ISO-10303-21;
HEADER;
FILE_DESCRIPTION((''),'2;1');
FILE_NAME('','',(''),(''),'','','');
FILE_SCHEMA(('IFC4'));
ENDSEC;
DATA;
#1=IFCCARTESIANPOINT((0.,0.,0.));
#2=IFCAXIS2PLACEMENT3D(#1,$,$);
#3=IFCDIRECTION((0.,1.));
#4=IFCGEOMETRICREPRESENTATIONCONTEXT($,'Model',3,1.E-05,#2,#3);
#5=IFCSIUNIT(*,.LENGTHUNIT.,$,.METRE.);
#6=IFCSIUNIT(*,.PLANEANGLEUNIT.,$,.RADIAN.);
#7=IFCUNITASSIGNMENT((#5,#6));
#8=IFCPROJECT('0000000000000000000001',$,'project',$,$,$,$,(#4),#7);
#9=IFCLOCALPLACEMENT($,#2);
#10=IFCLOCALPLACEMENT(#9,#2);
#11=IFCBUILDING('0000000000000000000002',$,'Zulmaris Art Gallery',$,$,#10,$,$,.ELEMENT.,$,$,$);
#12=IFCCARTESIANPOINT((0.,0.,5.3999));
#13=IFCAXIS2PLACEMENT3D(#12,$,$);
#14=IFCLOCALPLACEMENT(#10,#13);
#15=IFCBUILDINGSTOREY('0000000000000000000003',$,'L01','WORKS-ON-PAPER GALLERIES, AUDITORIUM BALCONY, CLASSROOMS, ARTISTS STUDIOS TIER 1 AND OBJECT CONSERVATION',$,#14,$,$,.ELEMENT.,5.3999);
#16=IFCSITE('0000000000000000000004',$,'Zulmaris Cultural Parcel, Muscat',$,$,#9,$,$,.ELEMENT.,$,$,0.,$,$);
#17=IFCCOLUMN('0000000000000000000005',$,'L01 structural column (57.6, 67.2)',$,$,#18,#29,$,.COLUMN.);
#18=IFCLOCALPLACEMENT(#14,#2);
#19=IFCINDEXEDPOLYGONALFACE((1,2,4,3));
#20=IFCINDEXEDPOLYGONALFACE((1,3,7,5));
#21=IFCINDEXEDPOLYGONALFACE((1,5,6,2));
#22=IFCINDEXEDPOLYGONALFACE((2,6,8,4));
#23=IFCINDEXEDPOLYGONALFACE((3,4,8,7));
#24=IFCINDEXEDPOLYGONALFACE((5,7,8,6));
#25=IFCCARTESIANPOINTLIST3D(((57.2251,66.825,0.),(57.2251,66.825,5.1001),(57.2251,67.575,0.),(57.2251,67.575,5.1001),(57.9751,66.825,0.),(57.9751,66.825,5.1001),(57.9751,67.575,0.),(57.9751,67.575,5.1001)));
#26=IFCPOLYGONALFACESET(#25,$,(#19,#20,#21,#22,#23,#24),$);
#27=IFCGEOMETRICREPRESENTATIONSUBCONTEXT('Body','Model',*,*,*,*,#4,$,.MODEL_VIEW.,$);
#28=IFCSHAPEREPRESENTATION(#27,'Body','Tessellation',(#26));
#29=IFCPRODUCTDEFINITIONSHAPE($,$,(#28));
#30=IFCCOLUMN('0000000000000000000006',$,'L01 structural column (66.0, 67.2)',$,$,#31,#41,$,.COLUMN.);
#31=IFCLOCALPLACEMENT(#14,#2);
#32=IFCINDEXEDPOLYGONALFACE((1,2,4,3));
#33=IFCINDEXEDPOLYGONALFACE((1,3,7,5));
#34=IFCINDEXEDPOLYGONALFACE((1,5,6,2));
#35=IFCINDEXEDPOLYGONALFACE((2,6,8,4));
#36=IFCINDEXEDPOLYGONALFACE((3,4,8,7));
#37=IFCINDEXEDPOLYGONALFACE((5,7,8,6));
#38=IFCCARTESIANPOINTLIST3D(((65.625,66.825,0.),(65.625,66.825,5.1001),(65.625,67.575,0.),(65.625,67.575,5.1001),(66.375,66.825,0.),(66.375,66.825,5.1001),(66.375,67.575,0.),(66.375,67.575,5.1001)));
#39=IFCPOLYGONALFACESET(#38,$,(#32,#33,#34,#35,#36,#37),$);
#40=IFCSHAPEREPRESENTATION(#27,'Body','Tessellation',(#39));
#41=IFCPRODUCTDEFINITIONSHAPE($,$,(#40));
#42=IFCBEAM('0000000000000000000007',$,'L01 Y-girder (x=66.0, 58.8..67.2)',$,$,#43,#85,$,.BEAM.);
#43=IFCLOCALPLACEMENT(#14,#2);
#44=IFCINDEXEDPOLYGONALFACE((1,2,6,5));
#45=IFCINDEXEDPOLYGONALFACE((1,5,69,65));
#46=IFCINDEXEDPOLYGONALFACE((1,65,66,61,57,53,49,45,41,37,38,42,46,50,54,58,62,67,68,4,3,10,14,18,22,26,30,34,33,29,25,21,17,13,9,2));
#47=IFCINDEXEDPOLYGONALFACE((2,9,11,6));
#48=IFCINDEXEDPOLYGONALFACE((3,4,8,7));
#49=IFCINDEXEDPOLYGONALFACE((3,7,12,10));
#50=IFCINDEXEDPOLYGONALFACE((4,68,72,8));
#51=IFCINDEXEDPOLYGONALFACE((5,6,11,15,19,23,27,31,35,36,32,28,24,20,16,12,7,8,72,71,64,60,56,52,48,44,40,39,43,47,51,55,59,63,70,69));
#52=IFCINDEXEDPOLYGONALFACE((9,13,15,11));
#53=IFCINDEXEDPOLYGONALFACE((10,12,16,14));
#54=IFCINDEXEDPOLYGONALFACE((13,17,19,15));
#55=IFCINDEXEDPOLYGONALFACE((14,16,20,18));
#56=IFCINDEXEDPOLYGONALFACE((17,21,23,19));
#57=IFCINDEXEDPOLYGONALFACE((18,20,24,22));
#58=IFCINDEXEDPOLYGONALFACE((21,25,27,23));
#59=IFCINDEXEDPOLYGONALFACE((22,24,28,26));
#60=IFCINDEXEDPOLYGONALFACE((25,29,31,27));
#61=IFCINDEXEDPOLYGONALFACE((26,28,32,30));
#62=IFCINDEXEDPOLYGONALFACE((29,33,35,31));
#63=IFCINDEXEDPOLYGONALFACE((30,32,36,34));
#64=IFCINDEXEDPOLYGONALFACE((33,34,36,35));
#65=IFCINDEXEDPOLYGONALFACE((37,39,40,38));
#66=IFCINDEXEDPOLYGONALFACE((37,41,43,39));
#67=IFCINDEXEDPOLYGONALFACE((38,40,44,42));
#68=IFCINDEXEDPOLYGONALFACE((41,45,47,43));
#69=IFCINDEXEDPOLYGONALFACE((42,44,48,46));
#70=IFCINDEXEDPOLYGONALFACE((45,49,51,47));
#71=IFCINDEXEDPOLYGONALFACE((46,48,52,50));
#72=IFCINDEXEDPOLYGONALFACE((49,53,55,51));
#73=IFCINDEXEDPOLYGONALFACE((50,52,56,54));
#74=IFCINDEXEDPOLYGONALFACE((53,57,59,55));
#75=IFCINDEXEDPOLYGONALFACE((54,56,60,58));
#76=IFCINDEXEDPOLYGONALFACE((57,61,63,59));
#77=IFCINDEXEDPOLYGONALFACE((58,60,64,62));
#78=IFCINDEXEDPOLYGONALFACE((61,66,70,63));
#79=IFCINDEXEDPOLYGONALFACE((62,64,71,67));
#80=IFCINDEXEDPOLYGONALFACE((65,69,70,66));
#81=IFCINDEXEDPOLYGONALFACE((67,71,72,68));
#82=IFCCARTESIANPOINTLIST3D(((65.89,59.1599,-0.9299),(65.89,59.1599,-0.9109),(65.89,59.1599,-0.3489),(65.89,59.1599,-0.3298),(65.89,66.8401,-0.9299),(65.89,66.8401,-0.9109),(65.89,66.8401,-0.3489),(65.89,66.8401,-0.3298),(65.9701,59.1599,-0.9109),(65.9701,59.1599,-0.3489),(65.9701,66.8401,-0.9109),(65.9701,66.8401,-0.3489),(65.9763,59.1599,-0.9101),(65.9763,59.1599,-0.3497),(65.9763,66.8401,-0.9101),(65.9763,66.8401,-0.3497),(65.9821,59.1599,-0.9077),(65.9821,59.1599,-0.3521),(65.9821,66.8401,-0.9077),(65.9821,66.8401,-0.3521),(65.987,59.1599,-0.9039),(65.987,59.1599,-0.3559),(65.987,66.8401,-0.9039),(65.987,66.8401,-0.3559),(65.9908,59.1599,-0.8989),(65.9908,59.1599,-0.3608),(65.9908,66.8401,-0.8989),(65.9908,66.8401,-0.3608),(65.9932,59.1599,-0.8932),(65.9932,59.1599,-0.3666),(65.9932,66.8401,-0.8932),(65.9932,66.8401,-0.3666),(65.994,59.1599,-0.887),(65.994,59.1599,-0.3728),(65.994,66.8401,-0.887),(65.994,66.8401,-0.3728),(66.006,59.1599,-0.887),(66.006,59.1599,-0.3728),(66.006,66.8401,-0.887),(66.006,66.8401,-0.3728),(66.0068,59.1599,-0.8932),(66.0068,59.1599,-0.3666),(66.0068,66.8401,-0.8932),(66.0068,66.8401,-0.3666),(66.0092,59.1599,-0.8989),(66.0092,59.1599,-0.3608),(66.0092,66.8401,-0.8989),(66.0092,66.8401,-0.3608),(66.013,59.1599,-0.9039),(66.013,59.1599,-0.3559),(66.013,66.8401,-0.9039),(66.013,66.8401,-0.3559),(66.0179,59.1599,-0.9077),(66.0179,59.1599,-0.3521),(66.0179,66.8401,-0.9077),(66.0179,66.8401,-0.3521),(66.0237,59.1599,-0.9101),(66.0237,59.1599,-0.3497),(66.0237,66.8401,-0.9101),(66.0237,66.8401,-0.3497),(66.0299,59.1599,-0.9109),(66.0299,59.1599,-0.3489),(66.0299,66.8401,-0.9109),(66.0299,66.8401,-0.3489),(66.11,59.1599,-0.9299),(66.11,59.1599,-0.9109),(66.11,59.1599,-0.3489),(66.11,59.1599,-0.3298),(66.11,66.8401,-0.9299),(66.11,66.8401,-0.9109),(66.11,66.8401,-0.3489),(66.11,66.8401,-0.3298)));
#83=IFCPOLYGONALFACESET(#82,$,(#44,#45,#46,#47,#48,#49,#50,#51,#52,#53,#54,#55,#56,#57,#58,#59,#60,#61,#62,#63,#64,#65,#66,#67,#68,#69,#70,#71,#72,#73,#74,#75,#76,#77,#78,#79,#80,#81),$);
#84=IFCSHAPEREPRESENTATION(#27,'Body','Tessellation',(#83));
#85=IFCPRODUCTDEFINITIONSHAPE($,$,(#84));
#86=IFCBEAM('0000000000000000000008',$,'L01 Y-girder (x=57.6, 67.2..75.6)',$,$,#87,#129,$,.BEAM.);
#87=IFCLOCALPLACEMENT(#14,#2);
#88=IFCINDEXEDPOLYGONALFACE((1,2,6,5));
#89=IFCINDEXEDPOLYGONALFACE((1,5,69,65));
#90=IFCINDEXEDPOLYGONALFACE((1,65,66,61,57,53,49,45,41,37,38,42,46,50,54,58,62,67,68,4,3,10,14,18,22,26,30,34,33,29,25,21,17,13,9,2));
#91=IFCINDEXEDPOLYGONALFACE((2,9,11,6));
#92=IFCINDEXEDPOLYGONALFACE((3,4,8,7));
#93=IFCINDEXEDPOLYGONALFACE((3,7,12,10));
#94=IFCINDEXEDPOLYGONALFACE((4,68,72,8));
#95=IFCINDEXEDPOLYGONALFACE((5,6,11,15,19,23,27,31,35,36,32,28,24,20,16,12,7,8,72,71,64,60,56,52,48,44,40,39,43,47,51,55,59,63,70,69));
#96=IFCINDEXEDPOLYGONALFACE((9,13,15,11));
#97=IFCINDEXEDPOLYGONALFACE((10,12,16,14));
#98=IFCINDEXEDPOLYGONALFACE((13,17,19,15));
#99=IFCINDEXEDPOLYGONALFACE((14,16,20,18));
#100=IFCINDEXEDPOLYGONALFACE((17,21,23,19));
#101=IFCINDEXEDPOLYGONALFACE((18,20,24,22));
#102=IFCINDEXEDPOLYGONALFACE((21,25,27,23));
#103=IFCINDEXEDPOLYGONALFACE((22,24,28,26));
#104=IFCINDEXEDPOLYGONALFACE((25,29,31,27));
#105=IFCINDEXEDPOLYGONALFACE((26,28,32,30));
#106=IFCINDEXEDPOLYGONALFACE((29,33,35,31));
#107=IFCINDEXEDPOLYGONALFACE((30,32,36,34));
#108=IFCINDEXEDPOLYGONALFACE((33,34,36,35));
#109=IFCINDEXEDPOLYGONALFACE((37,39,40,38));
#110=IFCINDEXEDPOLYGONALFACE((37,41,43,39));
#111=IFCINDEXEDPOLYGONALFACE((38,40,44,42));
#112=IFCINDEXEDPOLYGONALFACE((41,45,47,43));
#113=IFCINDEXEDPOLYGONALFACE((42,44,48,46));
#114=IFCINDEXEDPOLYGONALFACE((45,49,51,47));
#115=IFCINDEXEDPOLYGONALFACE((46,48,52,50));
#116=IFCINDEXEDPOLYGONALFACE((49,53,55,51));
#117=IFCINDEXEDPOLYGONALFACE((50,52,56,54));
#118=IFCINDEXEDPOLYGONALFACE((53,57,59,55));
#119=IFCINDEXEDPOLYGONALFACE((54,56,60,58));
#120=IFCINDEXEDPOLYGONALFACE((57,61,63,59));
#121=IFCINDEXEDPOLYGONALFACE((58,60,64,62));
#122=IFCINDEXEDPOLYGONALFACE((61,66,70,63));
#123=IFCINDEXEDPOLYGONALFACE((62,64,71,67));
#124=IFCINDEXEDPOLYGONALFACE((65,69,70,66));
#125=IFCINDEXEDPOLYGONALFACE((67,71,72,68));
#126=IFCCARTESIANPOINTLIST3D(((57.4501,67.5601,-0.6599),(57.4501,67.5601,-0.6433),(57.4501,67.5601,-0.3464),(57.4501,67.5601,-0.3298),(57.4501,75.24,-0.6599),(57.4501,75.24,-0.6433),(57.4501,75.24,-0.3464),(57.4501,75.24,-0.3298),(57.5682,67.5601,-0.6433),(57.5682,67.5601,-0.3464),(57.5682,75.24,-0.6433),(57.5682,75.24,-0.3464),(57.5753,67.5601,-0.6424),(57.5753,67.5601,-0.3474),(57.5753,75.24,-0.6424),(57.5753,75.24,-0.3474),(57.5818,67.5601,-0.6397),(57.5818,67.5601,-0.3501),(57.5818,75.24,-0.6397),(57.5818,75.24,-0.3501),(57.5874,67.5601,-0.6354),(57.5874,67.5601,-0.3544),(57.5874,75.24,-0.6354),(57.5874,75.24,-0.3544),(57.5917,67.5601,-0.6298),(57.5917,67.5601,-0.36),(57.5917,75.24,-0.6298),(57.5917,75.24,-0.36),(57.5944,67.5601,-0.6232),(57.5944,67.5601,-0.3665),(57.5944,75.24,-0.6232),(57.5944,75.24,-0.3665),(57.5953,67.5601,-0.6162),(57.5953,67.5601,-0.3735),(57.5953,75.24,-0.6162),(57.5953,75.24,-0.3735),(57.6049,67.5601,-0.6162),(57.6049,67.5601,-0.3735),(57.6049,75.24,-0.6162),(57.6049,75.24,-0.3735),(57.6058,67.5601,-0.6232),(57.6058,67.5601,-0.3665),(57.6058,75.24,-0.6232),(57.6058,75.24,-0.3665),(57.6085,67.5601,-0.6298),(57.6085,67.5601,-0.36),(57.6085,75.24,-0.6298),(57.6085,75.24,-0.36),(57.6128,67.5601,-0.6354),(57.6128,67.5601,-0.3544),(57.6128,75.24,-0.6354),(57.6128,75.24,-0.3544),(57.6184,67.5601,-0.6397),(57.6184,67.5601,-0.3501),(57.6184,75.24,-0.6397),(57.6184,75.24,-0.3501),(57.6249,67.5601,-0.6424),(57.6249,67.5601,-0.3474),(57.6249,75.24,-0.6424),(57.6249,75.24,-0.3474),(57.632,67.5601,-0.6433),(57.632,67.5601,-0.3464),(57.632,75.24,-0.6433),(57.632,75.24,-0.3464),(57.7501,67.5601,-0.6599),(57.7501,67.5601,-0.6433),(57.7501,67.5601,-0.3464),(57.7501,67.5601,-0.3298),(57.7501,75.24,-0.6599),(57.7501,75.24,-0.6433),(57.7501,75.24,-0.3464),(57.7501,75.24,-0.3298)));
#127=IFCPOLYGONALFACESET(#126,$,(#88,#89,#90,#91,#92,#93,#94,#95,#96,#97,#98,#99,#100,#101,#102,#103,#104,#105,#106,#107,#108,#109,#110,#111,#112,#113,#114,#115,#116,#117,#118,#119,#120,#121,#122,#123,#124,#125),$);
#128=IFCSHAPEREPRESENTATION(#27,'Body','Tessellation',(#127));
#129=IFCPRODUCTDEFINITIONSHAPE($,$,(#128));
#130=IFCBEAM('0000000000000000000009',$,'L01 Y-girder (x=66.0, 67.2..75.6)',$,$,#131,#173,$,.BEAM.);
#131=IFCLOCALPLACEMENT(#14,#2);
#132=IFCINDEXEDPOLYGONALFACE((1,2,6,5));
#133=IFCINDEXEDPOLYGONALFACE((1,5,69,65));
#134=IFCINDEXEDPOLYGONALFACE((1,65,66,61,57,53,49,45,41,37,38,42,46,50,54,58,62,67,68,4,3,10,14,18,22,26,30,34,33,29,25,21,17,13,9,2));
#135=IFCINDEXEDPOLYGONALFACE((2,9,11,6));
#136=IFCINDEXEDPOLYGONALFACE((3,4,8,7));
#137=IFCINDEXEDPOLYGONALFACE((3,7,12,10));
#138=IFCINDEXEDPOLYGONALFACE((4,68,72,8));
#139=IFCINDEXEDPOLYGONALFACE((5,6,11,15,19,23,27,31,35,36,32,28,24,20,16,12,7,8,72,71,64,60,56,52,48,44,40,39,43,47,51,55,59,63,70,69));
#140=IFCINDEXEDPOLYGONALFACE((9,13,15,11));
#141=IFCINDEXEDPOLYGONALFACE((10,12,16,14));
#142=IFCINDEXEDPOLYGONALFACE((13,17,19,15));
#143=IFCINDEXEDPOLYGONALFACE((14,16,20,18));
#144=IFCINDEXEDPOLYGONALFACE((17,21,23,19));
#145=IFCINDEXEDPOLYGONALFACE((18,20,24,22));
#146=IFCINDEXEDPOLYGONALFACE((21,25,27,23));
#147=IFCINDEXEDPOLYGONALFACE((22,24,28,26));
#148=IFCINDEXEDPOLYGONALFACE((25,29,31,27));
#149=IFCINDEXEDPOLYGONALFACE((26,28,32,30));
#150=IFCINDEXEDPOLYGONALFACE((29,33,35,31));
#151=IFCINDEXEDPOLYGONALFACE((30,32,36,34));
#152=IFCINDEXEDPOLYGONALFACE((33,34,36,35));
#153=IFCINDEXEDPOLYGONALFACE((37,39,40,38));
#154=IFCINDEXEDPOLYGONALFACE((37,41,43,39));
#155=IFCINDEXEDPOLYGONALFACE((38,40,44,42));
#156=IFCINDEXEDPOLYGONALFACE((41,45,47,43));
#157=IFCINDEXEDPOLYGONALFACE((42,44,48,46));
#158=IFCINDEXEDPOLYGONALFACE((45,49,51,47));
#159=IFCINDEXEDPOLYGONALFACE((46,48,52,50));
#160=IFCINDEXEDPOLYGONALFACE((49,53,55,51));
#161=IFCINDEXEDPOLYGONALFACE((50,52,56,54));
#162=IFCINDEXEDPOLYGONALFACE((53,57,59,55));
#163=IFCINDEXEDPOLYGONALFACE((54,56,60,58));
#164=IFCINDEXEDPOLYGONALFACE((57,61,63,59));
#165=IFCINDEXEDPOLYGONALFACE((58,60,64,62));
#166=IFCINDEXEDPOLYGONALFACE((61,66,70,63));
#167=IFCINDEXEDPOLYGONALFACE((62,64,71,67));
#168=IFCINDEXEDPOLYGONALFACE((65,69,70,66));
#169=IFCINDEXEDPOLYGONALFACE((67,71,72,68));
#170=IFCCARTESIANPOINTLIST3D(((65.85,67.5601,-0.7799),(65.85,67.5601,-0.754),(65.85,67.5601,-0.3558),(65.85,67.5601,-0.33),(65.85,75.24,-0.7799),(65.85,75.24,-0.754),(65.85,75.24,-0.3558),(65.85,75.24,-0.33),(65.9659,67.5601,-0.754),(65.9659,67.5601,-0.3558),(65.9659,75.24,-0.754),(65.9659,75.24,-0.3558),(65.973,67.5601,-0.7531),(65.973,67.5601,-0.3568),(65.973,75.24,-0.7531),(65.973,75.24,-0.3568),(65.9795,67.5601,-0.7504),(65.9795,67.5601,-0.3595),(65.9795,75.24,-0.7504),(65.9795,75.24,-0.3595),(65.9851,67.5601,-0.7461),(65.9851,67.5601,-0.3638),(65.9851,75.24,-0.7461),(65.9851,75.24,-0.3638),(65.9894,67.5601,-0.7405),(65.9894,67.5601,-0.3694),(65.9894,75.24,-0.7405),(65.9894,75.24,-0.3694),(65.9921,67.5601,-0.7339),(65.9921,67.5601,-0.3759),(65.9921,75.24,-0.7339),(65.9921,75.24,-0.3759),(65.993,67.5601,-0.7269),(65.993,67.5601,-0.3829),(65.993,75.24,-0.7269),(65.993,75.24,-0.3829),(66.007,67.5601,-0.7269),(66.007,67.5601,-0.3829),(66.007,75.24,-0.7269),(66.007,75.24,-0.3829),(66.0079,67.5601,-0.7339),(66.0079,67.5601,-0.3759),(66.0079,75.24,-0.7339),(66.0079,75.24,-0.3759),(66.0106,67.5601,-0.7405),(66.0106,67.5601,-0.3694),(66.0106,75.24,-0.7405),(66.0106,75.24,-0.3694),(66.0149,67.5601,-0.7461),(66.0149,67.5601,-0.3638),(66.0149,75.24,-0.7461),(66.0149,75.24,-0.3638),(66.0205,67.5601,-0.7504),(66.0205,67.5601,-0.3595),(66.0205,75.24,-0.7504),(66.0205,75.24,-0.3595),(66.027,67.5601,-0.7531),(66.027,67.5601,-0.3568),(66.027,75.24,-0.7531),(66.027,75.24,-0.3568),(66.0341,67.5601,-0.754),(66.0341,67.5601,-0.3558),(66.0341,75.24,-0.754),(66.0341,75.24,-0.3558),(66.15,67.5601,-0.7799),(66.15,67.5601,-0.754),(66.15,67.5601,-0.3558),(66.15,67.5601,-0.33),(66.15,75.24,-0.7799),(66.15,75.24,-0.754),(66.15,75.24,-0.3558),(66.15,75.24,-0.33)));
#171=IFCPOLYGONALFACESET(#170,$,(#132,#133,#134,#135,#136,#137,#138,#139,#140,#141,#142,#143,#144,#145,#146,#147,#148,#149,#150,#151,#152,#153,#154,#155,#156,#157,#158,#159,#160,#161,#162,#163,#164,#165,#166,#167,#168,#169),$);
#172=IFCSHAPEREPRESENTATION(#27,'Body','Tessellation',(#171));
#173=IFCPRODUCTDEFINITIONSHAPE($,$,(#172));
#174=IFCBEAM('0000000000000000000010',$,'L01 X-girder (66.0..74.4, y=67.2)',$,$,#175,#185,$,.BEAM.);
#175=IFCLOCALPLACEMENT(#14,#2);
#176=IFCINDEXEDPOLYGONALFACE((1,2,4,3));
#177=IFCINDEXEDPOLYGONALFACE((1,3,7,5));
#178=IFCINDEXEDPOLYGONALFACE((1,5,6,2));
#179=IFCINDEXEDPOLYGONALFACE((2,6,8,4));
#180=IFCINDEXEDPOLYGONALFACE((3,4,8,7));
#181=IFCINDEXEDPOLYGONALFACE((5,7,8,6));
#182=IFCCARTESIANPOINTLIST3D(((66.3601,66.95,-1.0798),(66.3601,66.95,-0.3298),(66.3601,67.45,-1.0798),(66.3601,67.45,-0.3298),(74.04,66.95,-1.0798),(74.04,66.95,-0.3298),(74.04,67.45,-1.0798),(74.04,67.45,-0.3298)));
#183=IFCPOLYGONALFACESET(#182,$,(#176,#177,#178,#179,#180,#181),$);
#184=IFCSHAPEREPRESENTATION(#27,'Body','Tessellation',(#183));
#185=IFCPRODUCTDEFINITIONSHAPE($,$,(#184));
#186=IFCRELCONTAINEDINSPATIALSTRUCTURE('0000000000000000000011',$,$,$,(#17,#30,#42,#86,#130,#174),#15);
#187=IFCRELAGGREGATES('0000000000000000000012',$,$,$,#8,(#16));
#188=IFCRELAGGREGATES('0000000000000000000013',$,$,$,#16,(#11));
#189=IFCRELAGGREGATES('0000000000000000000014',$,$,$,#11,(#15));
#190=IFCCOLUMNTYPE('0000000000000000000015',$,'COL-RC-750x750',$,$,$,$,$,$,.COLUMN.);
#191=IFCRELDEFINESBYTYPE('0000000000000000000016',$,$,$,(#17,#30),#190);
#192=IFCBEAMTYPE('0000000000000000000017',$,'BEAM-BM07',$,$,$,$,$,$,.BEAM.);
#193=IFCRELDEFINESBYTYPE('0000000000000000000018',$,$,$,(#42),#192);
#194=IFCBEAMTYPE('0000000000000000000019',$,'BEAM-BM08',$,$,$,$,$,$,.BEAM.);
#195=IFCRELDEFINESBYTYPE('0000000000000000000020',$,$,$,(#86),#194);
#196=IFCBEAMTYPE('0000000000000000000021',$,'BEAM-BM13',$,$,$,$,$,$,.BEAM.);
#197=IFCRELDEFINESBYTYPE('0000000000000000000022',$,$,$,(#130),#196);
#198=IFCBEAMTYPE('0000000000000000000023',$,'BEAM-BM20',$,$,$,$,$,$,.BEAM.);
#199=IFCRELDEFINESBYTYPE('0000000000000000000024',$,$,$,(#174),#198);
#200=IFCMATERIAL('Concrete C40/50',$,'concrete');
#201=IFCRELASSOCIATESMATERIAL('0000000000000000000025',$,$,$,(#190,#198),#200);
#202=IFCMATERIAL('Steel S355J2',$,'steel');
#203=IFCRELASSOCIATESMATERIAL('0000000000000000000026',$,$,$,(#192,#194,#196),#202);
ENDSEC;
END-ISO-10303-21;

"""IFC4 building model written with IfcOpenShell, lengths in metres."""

from ifc_helpers import new_model, si_unit, direction, frame, origin, origin_2d, place, context, subcontext, project, spatial, rectangle, i_section, extrude, material, material_profile, profile_set, type_object, element, save


model = new_model("IFC4")

# Units and contexts
model_context = context("Model", 3, precision=1e-05, world=origin(), true_north=direction((0.0, 1.0)))
body_context = subcontext(model_context, "Body", "Model", "MODEL_VIEW")
ifc_project = project(units=[si_unit("LENGTHUNIT", "METRE"), si_unit("PLANEANGLEUNIT", "RADIAN")], contexts=[model_context])

# Site, building, storey
site_placement = place(None, origin())
site = spatial("IfcSite", under=ifc_project, at=site_placement, Name="Zulmaris Cultural Parcel, Muscat", CompositionType="ELEMENT", RefElevation=0.0)
building_placement = place(site_placement, origin())
building = spatial("IfcBuilding", under=site, at=building_placement, Name="Zulmaris Art Gallery", CompositionType="ELEMENT")
storey_placement = place(building_placement, frame((0.0, 0.0, 5.3999)))
storey = spatial("IfcBuildingStorey", under=building, at=storey_placement, Name="L01", Description="WORKS-ON-PAPER GALLERIES, AUDITORIUM BALCONY, CLASSROOMS, ARTISTS STUDIOS TIER 1 AND OBJECT CONSERVATION", CompositionType="ELEMENT", Elevation=5.3999)

# Columns
ifc_material_1 = material(Name="Concrete C40/50", Category="concrete")
ifc_material_profile_1 = material_profile(ifc_material_1, rectangle(XDim=0.75, YDim=0.75, at=origin_2d()), Name="RC 750x750")
ifc_profile_set_1 = profile_set([ifc_material_profile_1], Name="Concrete C40/50")
column_type = type_object("IfcColumnType", Name="COL-RC-750x750", PredefinedType="COLUMN", material=ifc_profile_set_1)
for number, where, z_axis, x_axis, name in (
    (1, (57.6001, 67.2, 0.0), (0.0, 0.0, 1.0), (1.0, 0.0, 0.0), "L01 structural column (57.6, 67.2)"),
    (2, (66.0, 67.2, 0.0), (0.0, 0.0, 1.0), (1.0, 0.0, 0.0), "L01 structural column (66.0, 67.2)"),
):
    element("IfcColumn", number, at=place(storey_placement, frame(where, z_axis=z_axis, x_axis=x_axis)), inside=storey, type_object=column_type, Name=name, PredefinedType="COLUMN", context=body_context, shape_type="SweptSolid", body=[
        extrude(rectangle(XDim=0.75, YDim=0.75, at=origin_2d()), origin(), (0.0, 0.0, 1.0), 5.1001),
    ])

# Beams
ifc_material_2 = material(Name="Steel S355J2", Category="steel")
ifc_material_profile_2 = material_profile(ifc_material_2, i_section(OverallWidth=0.22, OverallDepth=0.6001, WebThickness=0.012, FlangeThickness=0.019, FilletRadius=0.0239, at=origin_2d()), Name="IPE 600")
ifc_profile_set_2 = profile_set([ifc_material_profile_2], Name="Steel S355J2")
beam_type_1 = type_object("IfcBeamType", Name="BEAM-BM07", PredefinedType="BEAM", material=ifc_profile_set_2)
beam_1_placement = place(storey_placement, frame((66.0, 59.1599, -0.6299), z_axis=(0.0, 1.0, 0.0), x_axis=(-1.0, 0.0, 0.0)))
element("IfcBeam", 3, at=beam_1_placement, inside=storey, type_object=beam_type_1, Name="L01 Y-girder (x=66.0, 58.8..67.2)", PredefinedType="BEAM", context=body_context, shape_type="SweptSolid", body=[
    extrude(i_section(OverallWidth=0.22, OverallDepth=0.6001, WebThickness=0.012, FlangeThickness=0.019, FilletRadius=0.0239, at=origin_2d()), origin(), (0.0, 0.0, 1.0), 7.6802),
])
ifc_material_profile_3 = material_profile(ifc_material_2, i_section(OverallWidth=0.3, OverallDepth=0.3301, WebThickness=0.0095, FlangeThickness=0.0166, FilletRadius=0.0271, at=origin_2d()), Name="HEA 340")
ifc_profile_set_3 = profile_set([ifc_material_profile_3], Name="Steel S355J2")
beam_type_2 = type_object("IfcBeamType", Name="BEAM-BM08", PredefinedType="BEAM", material=ifc_profile_set_3)
beam_2_placement = place(storey_placement, frame((57.6001, 67.5601, -0.4949), z_axis=(0.0, 1.0, 0.0), x_axis=(-1.0, 0.0, 0.0)))
element("IfcBeam", 4, at=beam_2_placement, inside=storey, type_object=beam_type_2, Name="L01 Y-girder (x=57.6, 67.2..75.6)", PredefinedType="BEAM", context=body_context, shape_type="SweptSolid", body=[
    extrude(i_section(OverallWidth=0.3, OverallDepth=0.3301, WebThickness=0.0095, FlangeThickness=0.0166, FilletRadius=0.0271, at=origin_2d()), origin(), (0.0, 0.0, 1.0), 7.6799),
])
ifc_material_profile_4 = material_profile(ifc_material_2, i_section(OverallWidth=0.3, OverallDepth=0.45, WebThickness=0.0139, FlangeThickness=0.0259, FilletRadius=0.0271, at=origin_2d()), Name="HEB 450")
ifc_profile_set_4 = profile_set([ifc_material_profile_4], Name="Steel S355J2")
beam_type_3 = type_object("IfcBeamType", Name="BEAM-BM13", PredefinedType="BEAM", material=ifc_profile_set_4)
beam_3_placement = place(storey_placement, frame((66.0, 67.5601, -0.5549), z_axis=(0.0, 1.0, 0.0), x_axis=(-1.0, 0.0, 0.0)))
element("IfcBeam", 5, at=beam_3_placement, inside=storey, type_object=beam_type_3, Name="L01 Y-girder (x=66.0, 67.2..75.6)", PredefinedType="BEAM", context=body_context, shape_type="SweptSolid", body=[
    extrude(i_section(OverallWidth=0.3, OverallDepth=0.45, WebThickness=0.0139, FlangeThickness=0.0259, FilletRadius=0.0271, at=origin_2d()), origin(), (0.0, 0.0, 1.0), 7.6799),
])
ifc_material_profile_5 = material_profile(ifc_material_1, rectangle(XDim=0.5, YDim=0.75, at=origin_2d()), Name="RC 500x750")
ifc_profile_set_5 = profile_set([ifc_material_profile_5], Name="Concrete C40/50")
beam_type_4 = type_object("IfcBeamType", Name="BEAM-BM20", PredefinedType="BEAM", material=ifc_profile_set_5)
beam_4_placement = place(storey_placement, frame((66.3601, 67.2, -0.7048), z_axis=(1.0, 0.0, 0.0), x_axis=(0.0, 1.0, 0.0)))
element("IfcBeam", 6, at=beam_4_placement, inside=storey, type_object=beam_type_4, Name="L01 X-girder (66.0..74.4, y=67.2)", PredefinedType="BEAM", context=body_context, shape_type="SweptSolid", body=[
    extrude(rectangle(XDim=0.5, YDim=0.75, at=origin_2d()), origin(), (0.0, 0.0, 1.0), 7.6799),
])

save(model, "model.ifc")
